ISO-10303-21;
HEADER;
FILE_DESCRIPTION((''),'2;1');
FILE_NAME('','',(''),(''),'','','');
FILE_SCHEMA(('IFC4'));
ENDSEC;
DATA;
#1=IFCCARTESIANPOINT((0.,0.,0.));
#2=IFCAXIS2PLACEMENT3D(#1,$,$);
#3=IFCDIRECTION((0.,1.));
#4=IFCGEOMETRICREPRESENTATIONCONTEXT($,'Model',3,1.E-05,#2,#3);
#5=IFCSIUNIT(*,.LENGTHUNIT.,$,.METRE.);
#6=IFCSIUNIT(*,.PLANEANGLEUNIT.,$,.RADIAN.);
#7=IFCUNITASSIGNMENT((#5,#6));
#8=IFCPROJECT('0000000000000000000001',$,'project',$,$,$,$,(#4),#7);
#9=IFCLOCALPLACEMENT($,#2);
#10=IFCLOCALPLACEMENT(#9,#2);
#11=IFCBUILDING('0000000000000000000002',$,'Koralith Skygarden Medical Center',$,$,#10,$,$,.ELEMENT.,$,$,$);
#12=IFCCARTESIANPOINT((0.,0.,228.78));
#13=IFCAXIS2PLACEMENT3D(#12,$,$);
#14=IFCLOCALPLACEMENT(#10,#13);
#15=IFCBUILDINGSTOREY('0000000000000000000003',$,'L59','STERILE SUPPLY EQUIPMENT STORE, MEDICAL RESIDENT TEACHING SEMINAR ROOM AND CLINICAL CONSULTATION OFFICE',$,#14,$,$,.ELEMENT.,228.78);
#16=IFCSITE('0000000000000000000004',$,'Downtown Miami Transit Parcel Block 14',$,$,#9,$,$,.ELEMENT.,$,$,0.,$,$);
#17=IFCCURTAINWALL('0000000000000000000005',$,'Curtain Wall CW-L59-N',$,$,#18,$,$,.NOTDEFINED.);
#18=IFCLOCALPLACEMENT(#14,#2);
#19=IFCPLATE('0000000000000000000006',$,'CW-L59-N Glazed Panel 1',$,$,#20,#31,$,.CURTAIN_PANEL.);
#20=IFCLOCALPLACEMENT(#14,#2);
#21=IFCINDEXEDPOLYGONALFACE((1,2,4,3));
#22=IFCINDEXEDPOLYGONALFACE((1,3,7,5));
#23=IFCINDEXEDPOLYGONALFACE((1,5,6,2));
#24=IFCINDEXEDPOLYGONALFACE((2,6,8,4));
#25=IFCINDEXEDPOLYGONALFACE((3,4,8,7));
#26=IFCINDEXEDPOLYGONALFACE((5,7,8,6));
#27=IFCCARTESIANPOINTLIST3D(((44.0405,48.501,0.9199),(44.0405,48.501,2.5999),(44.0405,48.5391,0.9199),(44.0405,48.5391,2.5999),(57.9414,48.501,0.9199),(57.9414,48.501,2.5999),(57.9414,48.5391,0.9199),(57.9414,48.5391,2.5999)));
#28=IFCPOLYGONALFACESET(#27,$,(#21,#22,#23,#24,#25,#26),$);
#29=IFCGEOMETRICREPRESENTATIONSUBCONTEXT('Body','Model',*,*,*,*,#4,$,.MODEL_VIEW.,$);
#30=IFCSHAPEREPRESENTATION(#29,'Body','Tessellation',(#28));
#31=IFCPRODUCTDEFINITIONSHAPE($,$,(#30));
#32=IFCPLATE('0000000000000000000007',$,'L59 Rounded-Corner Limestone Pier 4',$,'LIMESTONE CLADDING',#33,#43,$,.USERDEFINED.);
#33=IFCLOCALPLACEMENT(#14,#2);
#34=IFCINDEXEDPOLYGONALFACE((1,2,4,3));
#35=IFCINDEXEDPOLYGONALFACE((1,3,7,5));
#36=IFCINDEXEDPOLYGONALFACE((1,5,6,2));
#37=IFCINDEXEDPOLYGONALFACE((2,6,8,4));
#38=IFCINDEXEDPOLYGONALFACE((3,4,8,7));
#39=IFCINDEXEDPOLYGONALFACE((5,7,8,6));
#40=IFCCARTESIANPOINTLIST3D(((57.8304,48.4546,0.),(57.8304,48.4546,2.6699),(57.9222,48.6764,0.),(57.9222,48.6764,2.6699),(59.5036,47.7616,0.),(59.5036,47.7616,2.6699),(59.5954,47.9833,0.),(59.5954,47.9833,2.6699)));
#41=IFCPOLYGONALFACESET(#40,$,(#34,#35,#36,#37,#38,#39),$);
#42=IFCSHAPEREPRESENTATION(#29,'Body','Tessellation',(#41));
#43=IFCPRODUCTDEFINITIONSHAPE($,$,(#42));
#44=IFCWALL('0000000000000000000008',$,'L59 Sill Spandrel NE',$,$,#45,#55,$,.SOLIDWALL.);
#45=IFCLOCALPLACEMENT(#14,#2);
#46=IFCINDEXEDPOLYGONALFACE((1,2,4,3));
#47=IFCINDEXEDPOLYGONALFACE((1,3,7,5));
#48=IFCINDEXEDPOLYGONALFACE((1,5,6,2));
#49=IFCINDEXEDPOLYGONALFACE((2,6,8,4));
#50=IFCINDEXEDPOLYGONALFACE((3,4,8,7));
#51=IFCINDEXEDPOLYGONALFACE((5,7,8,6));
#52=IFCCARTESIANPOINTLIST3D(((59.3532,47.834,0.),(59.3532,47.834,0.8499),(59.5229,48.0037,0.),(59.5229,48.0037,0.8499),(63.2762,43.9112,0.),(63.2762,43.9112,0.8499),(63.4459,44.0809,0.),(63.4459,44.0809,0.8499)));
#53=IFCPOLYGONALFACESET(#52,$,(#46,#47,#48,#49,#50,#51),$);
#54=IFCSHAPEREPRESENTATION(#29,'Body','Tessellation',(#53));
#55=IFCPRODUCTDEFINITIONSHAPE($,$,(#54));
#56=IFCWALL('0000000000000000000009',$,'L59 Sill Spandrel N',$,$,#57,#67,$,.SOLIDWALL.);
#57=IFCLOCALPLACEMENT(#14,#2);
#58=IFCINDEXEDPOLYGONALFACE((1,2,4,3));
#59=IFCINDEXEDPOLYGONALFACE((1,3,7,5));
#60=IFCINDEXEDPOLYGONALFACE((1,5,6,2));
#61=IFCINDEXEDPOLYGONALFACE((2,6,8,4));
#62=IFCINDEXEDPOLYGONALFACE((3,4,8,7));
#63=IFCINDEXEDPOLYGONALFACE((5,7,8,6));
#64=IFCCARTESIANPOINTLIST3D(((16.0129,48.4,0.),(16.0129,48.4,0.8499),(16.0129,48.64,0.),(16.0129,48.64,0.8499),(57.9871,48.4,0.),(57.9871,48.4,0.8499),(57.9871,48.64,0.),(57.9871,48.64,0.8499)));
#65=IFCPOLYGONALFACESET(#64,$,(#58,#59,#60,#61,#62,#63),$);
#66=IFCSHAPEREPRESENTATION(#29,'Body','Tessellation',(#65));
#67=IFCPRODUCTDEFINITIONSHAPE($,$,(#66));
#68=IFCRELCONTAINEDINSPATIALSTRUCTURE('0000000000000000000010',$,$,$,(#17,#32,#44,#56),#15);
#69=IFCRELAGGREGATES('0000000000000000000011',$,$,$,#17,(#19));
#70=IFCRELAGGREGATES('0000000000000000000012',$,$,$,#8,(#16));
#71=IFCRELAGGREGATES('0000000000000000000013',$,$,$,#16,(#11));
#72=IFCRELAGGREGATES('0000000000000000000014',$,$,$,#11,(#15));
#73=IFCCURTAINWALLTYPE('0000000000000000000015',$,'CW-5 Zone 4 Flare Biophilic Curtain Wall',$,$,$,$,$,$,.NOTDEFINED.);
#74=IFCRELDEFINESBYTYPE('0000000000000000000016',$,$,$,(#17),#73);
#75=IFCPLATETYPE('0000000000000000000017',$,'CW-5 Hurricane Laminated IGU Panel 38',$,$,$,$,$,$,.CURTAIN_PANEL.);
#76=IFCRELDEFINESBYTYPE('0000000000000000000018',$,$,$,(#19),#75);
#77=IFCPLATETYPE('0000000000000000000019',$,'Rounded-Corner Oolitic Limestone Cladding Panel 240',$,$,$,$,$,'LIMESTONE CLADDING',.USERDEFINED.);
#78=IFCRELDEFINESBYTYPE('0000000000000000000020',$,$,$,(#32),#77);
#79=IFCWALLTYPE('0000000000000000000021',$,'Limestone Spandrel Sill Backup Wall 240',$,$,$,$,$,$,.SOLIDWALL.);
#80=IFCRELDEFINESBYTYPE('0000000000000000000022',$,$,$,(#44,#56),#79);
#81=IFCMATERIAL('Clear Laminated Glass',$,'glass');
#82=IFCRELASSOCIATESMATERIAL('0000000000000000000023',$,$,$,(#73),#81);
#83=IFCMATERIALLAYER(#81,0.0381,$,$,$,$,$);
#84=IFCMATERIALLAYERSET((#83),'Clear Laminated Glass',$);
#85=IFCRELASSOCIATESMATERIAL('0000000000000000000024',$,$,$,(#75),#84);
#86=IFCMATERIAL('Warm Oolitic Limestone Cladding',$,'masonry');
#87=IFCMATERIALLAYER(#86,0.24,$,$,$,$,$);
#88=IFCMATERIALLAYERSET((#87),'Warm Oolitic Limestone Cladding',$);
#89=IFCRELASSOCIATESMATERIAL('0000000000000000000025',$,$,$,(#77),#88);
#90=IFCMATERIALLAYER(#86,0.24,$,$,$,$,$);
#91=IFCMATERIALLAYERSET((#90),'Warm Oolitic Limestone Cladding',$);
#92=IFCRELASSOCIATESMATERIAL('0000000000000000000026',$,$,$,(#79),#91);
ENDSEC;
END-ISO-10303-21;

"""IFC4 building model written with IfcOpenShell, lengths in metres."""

from ifc_helpers import new_model, si_unit, direction, frame, frame_2d, origin, origin_2d, place, context, subcontext, project, spatial, rectangle, extrude, material, layer, layer_set, type_object, element, aggregate, save


model = new_model("IFC4")

# Units and contexts
model_context = context("Model", 3, precision=1e-05, world=origin(), true_north=direction((0.0, 1.0)))
body_context = subcontext(model_context, "Body", "Model", "MODEL_VIEW")
ifc_project = project(units=[si_unit("LENGTHUNIT", "METRE"), si_unit("PLANEANGLEUNIT", "RADIAN")], contexts=[model_context])

# Site, building, storey
site_placement = place(None, origin())
site = spatial("IfcSite", under=ifc_project, at=site_placement, Name="Downtown Miami Transit Parcel Block 14", CompositionType="ELEMENT", RefElevation=0.0)
building_placement = place(site_placement, origin())
building = spatial("IfcBuilding", under=site, at=building_placement, Name="Koralith Skygarden Medical Center", CompositionType="ELEMENT")
storey_placement = place(building_placement, frame((0.0, 0.0, 228.78)))
storey = spatial("IfcBuildingStorey", under=building, at=storey_placement, Name="L59", Description="STERILE SUPPLY EQUIPMENT STORE, MEDICAL RESIDENT TEACHING SEMINAR ROOM AND CLINICAL CONSULTATION OFFICE", CompositionType="ELEMENT", Elevation=228.78)

# Shared definitions
ifc_material_1 = material(Name="Clear Laminated Glass", Category="glass")
curtain_wall_type = type_object("IfcCurtainWallType", Name="CW-5 Zone 4 Flare Biophilic Curtain Wall", PredefinedType="NOTDEFINED", material=ifc_material_1)

# Curtain wall
curtain_wall_1_placement = place(storey_placement, origin())
curtain_wall_1 = element("IfcCurtainWall", 1, at=curtain_wall_1_placement, inside=storey, type_object=curtain_wall_type, Name="Curtain Wall CW-L59-N", PredefinedType="NOTDEFINED")

# Plates
ifc_layer_1 = layer(ifc_material_1, 0.0381)
ifc_layer_set_1 = layer_set([ifc_layer_1], Name="Clear Laminated Glass")
plate_type_1 = type_object("IfcPlateType", Name="CW-5 Hurricane Laminated IGU Panel 38", PredefinedType="CURTAIN_PANEL", material=ifc_layer_set_1)
plate_1_placement = place(storey_placement, frame((50.991, 48.52, 0.9199), z_axis=(0.0, 0.0, 1.0), x_axis=(-1.0, 0.0, 0.0)))
plate_1 = element("IfcPlate", 2, at=plate_1_placement, type_object=plate_type_1, Name="CW-L59-N Glazed Panel 1", PredefinedType="CURTAIN_PANEL", context=body_context, shape_type="SweptSolid", body=[
    extrude(rectangle(XDim=13.9009, YDim=0.0381, at=origin_2d()), origin(), (0.0, 0.0, 1.0), 1.6799),
])
aggregate(curtain_wall_1, [plate_1])
ifc_material_2 = material(Name="Warm Oolitic Limestone Cladding", Category="masonry")
ifc_layer_2 = layer(ifc_material_2, 0.24)
ifc_layer_set_2 = layer_set([ifc_layer_2], Name="Warm Oolitic Limestone Cladding")
plate_type_2 = type_object("IfcPlateType", Name="Rounded-Corner Oolitic Limestone Cladding Panel 240", ElementType="LIMESTONE CLADDING", PredefinedType="USERDEFINED", material=ifc_layer_set_2)
plate_2_placement = place(storey_placement, frame((58.7129, 48.219, 0.0), z_axis=(0.0, 0.0, 1.0), x_axis=(-0.923885, 0.382671, 0.0)))
element("IfcPlate", 3, at=plate_2_placement, inside=storey, type_object=plate_type_2, Name="L59 Rounded-Corner Limestone Pier 4", ObjectType="LIMESTONE CLADDING", PredefinedType="USERDEFINED", context=body_context, shape_type="SweptSolid", body=[
    extrude(rectangle(XDim=1.811, YDim=0.24, at=origin_2d()), origin(), (0.0, 0.0, 1.0), 2.6699),
])

# Walls
ifc_layer_3 = layer(ifc_material_2, 0.24)
ifc_layer_set_3 = layer_set([ifc_layer_3], Name="Warm Oolitic Limestone Cladding")
wall_type = type_object("IfcWallType", Name="Limestone Spandrel Sill Backup Wall 240", PredefinedType="SOLIDWALL", material=ifc_layer_set_3)
wall_1_placement = place(storey_placement, frame((63.3611, 43.9961, 0.0), z_axis=(0.0, 0.0, 1.0), x_axis=(-0.707129, 0.707085, 0.0)))
element("IfcWall", 4, at=wall_1_placement, inside=storey, type_object=wall_type, Name="L59 Sill Spandrel NE", PredefinedType="SOLIDWALL", context=body_context, shape_type="SweptSolid", body=[
    extrude(rectangle(XDim=5.5479, YDim=0.24, at=frame_2d((2.7739, 0.0))), origin(), (0.0, 0.0, 1.0), 0.8499),
])
wall_2_placement = place(storey_placement, frame((57.9871, 48.52, 0.0), z_axis=(0.0, 0.0, 1.0), x_axis=(-1.0, 0.0, 0.0)))
element("IfcWall", 5, at=wall_2_placement, inside=storey, type_object=wall_type, Name="L59 Sill Spandrel N", PredefinedType="SOLIDWALL", context=body_context, shape_type="SweptSolid", body=[
    extrude(rectangle(XDim=41.9741, YDim=0.24, at=frame_2d((20.9871, 0.0))), origin(), (0.0, 0.0, 1.0), 0.8499),
])

save(model, "model.ifc")
